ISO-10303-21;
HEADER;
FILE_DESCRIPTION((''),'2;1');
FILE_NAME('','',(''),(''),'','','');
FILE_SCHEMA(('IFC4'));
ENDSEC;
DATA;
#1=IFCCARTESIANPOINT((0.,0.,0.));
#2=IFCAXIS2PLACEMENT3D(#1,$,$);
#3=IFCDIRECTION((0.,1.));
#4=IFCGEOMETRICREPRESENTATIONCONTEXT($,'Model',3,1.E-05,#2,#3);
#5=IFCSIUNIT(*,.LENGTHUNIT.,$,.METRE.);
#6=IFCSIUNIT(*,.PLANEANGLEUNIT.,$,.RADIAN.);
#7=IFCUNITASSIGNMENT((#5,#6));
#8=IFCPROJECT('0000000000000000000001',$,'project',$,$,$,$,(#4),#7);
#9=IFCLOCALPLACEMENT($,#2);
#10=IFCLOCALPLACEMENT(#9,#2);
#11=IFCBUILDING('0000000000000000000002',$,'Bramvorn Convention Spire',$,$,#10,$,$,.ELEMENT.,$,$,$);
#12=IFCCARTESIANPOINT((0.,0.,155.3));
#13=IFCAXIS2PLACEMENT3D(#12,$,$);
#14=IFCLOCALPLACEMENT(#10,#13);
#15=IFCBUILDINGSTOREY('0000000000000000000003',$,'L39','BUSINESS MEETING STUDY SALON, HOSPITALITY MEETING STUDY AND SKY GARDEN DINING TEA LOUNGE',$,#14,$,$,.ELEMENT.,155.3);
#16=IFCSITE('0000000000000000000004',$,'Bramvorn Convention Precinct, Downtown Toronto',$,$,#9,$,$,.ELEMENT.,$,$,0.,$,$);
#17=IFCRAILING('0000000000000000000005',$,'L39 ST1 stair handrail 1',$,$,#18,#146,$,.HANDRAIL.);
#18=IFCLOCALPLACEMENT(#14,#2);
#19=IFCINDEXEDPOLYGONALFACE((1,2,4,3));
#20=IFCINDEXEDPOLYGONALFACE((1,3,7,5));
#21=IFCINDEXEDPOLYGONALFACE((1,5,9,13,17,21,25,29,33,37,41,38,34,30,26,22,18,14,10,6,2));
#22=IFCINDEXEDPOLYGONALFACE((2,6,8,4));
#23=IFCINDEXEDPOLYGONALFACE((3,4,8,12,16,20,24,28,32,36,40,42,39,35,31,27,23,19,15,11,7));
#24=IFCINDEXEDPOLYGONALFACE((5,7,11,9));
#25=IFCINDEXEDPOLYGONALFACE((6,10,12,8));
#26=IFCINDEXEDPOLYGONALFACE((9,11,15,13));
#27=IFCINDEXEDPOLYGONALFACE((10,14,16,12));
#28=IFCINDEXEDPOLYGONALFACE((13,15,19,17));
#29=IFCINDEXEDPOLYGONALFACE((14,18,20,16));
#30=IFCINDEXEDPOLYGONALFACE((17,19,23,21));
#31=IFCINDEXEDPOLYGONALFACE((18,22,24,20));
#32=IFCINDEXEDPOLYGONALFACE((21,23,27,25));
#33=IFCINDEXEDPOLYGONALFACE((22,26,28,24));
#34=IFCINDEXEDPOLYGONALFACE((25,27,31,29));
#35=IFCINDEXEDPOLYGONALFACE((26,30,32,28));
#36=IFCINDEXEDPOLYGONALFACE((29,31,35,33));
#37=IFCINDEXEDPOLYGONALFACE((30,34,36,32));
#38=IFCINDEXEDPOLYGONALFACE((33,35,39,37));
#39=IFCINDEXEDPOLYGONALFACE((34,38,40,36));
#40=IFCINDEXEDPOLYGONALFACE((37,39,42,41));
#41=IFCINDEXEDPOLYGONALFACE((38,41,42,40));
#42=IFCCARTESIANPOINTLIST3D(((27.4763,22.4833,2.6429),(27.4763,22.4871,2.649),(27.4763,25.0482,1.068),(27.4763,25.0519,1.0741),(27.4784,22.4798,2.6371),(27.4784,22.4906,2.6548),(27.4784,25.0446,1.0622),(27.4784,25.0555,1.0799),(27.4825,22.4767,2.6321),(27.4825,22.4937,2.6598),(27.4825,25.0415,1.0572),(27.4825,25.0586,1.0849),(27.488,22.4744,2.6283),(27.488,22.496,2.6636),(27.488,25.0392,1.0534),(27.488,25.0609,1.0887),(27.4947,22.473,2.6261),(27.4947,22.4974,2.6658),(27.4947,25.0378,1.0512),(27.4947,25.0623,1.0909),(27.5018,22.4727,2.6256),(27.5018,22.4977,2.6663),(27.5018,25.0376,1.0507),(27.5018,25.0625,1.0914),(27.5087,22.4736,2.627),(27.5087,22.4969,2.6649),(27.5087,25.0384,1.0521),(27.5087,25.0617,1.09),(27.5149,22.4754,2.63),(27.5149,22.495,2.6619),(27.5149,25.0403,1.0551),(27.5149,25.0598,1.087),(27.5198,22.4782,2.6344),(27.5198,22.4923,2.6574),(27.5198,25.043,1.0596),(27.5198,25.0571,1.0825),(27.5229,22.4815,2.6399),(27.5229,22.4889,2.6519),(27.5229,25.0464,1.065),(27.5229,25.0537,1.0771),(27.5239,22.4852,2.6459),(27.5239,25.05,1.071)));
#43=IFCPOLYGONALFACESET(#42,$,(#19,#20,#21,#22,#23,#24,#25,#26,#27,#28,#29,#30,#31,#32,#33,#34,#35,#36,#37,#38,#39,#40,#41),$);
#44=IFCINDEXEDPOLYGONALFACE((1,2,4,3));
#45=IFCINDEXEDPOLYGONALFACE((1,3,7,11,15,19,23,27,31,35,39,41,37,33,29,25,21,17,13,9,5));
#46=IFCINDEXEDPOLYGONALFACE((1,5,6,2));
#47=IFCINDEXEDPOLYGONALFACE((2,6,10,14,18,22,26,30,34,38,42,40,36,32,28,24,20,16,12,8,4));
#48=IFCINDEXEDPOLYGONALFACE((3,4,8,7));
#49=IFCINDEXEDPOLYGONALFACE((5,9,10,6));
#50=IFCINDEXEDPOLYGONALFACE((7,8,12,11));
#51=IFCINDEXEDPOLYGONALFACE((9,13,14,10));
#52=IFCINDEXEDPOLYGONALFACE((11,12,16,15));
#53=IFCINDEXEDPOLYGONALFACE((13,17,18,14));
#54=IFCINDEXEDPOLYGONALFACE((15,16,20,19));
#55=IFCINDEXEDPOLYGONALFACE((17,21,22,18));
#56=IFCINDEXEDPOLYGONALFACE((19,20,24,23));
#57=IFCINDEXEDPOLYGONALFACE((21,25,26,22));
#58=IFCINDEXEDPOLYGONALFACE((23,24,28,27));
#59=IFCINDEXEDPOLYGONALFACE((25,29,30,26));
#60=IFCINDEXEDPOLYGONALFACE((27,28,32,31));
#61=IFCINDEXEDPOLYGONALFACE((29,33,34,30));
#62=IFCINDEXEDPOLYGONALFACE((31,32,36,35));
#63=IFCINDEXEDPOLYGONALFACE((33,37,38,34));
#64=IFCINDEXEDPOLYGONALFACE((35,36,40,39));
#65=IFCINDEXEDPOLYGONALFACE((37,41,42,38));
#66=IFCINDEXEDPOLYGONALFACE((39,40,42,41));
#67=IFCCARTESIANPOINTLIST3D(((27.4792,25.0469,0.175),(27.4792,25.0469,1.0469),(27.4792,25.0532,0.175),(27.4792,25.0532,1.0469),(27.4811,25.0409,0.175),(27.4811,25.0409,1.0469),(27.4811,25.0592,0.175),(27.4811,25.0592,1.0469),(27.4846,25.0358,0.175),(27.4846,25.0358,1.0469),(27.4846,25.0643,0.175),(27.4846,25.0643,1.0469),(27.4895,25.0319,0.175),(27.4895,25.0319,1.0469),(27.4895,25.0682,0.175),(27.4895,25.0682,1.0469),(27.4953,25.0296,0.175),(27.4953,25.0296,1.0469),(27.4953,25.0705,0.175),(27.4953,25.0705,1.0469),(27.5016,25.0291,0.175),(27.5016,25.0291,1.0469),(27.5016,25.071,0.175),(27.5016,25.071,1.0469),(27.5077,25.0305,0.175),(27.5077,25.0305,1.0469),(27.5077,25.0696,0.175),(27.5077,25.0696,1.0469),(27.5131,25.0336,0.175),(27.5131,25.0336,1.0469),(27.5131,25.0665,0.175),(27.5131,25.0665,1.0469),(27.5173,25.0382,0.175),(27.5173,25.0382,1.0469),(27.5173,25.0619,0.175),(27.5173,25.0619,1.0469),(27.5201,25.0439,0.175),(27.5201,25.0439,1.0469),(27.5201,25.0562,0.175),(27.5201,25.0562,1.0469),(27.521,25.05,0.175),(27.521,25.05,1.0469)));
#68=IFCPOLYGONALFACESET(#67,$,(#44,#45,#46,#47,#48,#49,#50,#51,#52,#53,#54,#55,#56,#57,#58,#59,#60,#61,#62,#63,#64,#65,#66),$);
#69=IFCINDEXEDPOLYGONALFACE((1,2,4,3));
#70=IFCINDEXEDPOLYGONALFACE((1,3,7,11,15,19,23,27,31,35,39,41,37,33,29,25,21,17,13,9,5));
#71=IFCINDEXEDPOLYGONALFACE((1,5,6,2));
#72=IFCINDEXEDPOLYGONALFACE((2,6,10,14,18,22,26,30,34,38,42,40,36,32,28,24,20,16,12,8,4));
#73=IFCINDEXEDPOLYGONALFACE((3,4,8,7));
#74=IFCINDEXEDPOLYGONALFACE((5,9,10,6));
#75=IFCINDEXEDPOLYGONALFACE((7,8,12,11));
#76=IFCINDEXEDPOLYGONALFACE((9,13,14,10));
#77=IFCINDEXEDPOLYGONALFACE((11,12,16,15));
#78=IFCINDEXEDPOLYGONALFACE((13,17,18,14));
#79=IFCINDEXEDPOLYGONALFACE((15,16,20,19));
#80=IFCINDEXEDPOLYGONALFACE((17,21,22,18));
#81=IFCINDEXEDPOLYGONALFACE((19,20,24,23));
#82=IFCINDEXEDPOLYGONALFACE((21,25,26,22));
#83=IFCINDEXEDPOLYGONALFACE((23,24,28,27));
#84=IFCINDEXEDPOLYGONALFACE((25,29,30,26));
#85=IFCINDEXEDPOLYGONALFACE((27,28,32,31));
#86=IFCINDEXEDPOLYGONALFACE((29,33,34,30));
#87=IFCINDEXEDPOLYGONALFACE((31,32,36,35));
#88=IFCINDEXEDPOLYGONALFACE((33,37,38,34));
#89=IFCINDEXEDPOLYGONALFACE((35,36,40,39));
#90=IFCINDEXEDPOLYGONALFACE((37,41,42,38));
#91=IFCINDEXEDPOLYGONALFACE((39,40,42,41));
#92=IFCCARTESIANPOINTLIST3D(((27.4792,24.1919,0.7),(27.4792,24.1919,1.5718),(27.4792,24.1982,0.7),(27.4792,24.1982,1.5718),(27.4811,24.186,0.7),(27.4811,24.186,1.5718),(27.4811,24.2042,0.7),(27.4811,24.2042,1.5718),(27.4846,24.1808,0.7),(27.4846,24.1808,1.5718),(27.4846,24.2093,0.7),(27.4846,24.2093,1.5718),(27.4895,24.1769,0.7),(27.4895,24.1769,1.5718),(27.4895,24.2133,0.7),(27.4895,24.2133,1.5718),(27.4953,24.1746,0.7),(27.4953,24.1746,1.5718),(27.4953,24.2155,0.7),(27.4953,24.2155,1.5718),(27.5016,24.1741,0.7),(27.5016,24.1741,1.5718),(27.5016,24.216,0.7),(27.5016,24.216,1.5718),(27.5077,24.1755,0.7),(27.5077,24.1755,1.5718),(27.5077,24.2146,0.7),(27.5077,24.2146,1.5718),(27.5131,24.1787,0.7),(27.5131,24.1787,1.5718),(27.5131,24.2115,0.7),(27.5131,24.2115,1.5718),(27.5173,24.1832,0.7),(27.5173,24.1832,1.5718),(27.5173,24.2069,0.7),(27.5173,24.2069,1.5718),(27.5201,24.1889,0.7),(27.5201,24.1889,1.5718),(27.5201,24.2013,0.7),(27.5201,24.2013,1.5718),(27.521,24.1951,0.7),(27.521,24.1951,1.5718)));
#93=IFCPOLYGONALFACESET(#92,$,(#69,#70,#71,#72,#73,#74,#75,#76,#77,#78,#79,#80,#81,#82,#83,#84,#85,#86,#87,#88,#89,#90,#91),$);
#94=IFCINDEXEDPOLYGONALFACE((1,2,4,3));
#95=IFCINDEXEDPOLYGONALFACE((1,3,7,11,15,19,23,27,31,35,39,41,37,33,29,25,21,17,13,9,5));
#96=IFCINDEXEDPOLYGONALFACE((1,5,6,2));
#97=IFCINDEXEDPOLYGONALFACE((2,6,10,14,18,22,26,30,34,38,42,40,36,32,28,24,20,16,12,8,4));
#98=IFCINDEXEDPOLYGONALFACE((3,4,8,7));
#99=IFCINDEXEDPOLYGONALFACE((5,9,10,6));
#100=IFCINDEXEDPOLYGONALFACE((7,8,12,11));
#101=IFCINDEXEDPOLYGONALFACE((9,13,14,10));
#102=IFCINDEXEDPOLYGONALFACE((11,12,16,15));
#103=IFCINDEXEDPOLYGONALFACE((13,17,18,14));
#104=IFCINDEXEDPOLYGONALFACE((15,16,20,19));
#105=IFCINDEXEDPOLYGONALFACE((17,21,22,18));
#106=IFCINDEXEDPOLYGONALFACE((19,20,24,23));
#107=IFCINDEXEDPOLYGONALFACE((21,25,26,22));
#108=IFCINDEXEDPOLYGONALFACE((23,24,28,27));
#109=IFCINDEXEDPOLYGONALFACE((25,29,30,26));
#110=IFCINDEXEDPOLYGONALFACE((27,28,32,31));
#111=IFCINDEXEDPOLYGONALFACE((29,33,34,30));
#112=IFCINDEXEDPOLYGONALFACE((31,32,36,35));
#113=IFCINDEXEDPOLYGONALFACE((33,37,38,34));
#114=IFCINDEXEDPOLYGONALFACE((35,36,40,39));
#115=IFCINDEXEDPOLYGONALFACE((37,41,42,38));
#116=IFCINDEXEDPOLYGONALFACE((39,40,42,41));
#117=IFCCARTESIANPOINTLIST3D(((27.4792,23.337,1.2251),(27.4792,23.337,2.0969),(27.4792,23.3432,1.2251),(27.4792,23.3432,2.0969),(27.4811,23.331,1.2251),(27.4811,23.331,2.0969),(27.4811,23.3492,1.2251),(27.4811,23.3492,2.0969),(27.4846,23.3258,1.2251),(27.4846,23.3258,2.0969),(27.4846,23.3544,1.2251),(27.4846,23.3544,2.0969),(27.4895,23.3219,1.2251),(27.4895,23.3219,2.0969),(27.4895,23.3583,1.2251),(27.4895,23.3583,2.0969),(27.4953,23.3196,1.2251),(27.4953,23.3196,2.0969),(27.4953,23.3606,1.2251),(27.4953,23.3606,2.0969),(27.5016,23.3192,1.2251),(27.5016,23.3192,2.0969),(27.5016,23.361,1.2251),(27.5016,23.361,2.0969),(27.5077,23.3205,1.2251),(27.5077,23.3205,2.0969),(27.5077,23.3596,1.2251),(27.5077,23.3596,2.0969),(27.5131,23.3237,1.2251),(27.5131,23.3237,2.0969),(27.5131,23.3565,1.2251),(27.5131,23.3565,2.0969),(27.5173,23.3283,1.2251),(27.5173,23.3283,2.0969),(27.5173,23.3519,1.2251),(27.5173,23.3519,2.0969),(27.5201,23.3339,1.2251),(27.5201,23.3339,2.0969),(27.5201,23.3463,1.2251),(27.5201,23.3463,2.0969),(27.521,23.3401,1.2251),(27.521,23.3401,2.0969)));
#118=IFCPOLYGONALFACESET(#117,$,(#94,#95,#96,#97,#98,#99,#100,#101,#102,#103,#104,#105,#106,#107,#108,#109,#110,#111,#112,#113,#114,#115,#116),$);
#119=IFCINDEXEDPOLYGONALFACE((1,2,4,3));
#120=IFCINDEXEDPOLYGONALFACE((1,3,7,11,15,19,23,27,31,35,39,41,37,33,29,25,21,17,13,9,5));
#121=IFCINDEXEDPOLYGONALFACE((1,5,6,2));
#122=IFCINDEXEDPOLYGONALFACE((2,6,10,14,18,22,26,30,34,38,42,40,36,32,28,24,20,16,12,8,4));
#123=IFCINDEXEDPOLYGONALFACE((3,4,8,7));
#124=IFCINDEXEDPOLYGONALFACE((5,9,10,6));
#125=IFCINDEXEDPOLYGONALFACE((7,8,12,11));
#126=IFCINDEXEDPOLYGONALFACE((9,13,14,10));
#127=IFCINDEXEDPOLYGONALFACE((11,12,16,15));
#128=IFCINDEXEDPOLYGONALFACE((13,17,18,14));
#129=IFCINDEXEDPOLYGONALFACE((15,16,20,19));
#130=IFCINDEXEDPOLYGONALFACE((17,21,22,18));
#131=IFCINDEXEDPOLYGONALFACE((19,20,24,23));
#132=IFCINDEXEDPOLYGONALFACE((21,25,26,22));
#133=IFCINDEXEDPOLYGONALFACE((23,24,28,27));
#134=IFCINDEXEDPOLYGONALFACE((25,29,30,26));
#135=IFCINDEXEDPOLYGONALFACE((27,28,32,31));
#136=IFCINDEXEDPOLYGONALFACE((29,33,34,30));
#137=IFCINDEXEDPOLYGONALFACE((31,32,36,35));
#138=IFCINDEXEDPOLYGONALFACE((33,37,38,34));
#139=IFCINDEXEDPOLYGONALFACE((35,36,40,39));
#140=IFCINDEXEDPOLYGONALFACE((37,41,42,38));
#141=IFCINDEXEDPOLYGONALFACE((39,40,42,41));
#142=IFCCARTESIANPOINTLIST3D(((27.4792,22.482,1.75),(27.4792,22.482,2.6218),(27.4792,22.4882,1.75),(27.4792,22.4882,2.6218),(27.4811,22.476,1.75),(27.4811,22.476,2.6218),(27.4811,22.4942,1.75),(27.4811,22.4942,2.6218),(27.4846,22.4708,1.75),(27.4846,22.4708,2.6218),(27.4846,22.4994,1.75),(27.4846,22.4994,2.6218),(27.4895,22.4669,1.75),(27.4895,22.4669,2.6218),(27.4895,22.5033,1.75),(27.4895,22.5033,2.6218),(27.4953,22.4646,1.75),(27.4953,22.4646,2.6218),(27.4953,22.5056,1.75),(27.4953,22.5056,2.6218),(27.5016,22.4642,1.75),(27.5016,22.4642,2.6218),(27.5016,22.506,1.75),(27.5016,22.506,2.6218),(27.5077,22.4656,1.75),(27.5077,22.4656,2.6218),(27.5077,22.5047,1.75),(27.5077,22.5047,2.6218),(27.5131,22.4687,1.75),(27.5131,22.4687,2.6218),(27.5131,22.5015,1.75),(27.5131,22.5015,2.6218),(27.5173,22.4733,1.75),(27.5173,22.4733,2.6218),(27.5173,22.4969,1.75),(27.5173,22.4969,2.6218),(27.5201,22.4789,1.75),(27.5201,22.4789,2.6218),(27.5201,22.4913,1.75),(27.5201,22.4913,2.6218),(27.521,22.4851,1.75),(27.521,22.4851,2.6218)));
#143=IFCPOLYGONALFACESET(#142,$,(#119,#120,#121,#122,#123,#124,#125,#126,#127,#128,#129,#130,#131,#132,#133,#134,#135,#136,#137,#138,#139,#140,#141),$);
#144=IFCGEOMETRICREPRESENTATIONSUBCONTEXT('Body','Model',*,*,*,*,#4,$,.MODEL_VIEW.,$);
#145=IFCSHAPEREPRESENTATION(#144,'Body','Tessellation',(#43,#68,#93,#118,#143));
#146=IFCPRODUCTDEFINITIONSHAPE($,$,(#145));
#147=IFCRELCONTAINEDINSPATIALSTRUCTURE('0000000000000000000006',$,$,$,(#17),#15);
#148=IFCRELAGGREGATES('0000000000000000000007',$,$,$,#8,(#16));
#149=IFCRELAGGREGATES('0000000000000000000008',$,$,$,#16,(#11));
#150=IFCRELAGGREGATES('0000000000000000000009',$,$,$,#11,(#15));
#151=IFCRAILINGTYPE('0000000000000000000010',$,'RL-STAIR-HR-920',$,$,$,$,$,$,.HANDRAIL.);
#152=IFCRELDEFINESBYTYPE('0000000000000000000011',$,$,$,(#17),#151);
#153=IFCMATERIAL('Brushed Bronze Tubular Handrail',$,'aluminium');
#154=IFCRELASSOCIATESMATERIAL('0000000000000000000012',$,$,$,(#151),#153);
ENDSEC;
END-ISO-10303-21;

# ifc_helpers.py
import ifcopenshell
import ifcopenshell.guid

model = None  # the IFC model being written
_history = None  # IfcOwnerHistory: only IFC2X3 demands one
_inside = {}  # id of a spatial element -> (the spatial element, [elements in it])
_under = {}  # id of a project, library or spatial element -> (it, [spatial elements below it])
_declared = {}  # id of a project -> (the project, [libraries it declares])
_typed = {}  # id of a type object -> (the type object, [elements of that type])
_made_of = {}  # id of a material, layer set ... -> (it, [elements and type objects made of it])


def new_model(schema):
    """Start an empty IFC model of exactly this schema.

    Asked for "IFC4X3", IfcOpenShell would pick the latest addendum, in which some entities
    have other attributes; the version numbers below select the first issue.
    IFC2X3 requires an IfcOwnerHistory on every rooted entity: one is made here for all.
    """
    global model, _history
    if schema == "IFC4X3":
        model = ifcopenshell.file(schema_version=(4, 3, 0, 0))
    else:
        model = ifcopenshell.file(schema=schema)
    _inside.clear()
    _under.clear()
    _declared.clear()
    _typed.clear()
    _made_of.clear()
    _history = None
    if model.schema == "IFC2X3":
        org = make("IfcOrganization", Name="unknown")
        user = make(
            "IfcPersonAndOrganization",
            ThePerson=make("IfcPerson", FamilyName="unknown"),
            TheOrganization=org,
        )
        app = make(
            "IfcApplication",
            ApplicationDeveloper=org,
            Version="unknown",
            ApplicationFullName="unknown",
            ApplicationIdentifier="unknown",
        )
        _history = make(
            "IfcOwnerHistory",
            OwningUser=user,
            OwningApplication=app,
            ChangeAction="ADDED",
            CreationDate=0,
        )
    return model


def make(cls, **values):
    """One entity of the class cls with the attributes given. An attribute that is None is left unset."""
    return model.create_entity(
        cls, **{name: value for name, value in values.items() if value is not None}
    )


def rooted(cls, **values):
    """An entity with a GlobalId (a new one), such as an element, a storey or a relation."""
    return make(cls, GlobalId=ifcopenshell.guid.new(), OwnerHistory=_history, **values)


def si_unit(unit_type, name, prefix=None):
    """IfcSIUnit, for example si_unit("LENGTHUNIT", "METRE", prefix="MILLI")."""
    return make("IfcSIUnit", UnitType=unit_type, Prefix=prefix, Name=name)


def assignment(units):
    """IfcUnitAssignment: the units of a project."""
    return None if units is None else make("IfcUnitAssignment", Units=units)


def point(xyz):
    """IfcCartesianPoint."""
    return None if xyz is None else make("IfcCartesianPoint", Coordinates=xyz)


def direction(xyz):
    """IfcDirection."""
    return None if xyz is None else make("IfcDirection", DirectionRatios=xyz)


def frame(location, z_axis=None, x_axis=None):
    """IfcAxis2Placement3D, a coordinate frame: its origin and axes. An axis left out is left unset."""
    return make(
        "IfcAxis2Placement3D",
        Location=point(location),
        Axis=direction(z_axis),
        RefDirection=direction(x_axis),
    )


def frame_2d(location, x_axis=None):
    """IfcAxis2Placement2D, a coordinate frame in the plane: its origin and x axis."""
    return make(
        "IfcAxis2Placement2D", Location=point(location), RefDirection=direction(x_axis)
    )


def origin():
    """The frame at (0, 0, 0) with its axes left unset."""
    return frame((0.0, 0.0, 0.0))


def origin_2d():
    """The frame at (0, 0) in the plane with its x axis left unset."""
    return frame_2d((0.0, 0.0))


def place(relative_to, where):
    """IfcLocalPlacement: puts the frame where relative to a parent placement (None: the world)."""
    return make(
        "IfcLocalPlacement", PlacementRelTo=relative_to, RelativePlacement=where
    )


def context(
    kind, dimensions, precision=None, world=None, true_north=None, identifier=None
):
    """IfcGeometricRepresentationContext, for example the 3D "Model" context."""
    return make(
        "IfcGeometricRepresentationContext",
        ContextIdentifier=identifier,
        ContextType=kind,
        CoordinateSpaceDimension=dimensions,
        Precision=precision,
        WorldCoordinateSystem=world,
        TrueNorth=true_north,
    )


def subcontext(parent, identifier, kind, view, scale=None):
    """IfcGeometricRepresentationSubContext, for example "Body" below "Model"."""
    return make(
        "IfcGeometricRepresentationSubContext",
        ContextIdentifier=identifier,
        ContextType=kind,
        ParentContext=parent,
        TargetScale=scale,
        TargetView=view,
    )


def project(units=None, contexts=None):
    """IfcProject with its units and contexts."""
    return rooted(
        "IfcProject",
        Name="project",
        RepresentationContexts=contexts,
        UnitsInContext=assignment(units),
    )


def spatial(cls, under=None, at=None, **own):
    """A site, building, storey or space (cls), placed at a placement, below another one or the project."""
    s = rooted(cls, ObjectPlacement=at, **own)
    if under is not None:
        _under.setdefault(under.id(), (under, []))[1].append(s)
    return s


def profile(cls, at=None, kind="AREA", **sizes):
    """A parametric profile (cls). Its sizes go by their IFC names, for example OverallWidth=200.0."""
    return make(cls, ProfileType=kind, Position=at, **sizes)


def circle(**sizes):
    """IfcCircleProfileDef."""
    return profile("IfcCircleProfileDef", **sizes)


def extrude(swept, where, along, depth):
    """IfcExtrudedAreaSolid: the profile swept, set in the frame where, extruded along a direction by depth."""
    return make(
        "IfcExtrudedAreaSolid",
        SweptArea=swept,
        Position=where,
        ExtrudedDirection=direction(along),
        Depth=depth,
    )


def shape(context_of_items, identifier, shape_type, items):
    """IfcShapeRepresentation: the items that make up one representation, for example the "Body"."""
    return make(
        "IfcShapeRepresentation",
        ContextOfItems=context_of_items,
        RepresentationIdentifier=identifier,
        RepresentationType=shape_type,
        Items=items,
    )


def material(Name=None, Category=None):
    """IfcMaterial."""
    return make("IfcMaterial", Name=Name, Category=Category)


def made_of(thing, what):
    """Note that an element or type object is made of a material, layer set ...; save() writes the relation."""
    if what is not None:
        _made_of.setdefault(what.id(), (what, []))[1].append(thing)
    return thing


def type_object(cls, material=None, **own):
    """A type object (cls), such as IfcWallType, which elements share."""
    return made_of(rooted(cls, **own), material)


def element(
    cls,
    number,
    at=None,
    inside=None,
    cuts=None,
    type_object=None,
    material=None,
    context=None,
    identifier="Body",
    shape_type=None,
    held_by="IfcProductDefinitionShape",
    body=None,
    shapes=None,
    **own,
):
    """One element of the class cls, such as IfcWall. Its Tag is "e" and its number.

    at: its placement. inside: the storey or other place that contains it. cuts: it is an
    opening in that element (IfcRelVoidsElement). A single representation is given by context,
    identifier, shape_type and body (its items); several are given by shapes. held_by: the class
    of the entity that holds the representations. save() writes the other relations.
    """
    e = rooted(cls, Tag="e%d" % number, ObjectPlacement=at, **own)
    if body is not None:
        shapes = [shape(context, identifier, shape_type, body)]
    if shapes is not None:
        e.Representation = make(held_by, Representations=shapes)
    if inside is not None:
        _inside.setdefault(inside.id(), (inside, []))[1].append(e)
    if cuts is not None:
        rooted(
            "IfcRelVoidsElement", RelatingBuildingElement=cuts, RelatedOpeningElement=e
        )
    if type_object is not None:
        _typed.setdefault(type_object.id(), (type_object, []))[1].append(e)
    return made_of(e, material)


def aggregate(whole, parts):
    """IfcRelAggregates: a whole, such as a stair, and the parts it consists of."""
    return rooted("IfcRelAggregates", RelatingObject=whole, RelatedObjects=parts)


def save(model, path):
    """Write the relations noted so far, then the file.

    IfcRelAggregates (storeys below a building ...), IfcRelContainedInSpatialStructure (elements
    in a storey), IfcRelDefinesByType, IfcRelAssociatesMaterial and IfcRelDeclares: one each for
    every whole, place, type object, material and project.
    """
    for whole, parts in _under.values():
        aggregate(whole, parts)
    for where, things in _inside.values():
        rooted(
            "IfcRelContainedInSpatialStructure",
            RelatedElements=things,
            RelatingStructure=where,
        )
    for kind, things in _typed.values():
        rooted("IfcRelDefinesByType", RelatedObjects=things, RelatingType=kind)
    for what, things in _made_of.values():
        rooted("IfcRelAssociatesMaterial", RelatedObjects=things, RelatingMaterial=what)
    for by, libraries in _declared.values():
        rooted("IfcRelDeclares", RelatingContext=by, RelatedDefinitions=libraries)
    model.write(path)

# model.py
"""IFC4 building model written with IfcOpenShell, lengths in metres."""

from ifc_helpers import new_model, si_unit, direction, frame, origin, origin_2d, place, context, subcontext, project, spatial, circle, extrude, material, type_object, element, save


model = new_model("IFC4")

# Units and contexts
model_context = context("Model", 3, precision=1e-05, world=origin(), true_north=direction((0.0, 1.0)))
body_context = subcontext(model_context, "Body", "Model", "MODEL_VIEW")
ifc_project = project(units=[si_unit("LENGTHUNIT", "METRE"), si_unit("PLANEANGLEUNIT", "RADIAN")], contexts=[model_context])

# Site, building, storey
site_placement = place(None, origin())
site = spatial("IfcSite", under=ifc_project, at=site_placement, Name="Bramvorn Convention Precinct, Downtown Toronto", CompositionType="ELEMENT", RefElevation=0.0)
building_placement = place(site_placement, origin())
building = spatial("IfcBuilding", under=site, at=building_placement, Name="Bramvorn Convention Spire", CompositionType="ELEMENT")
storey_placement = place(building_placement, frame((0.0, 0.0, 155.3)))
storey = spatial("IfcBuildingStorey", under=building, at=storey_placement, Name="L39", Description="BUSINESS MEETING STUDY SALON, HOSPITALITY MEETING STUDY AND SKY GARDEN DINING TEA LOUNGE", CompositionType="ELEMENT", Elevation=155.3)

# Railing
ifc_material_1 = material(Name="Brushed Bronze Tubular Handrail", Category="aluminium")
railing_type_1 = type_object("IfcRailingType", Name="RL-STAIR-HR-920", PredefinedType="HANDRAIL", material=ifc_material_1)
railing_1_placement = place(storey_placement, frame((27.5, 25.05, 0.175)))
element("IfcRailing", 1, at=railing_1_placement, inside=storey, type_object=railing_type_1, Name="L39 ST1 stair handrail 1", PredefinedType="HANDRAIL", context=body_context, shape_type="SweptSolid", body=[
    extrude(circle(Radius=0.0239, at=origin_2d()), frame((0.0, 0.0, 0.896), z_axis=(0.0, -0.852173, 0.52326), x_axis=(1.0, 0.0, 0.0)), (0.0, 0.0, 1.0), 3.0098),
    extrude(circle(Radius=0.021, at=origin_2d()), origin(), (0.0, 0.0, 1.0), 0.8718),
    extrude(circle(Radius=0.021, at=origin_2d()), frame((0.0, -0.855, 0.5249)), (0.0, 0.0, 1.0), 0.8718),
    extrude(circle(Radius=0.021, at=origin_2d()), frame((0.0, -1.71, 1.05)), (0.0, 0.0, 1.0), 0.8718),
    extrude(circle(Radius=0.021, at=origin_2d()), frame((0.0, -2.5649, 1.575)), (0.0, 0.0, 1.0), 0.8718),
])

save(model, "model.ifc")
